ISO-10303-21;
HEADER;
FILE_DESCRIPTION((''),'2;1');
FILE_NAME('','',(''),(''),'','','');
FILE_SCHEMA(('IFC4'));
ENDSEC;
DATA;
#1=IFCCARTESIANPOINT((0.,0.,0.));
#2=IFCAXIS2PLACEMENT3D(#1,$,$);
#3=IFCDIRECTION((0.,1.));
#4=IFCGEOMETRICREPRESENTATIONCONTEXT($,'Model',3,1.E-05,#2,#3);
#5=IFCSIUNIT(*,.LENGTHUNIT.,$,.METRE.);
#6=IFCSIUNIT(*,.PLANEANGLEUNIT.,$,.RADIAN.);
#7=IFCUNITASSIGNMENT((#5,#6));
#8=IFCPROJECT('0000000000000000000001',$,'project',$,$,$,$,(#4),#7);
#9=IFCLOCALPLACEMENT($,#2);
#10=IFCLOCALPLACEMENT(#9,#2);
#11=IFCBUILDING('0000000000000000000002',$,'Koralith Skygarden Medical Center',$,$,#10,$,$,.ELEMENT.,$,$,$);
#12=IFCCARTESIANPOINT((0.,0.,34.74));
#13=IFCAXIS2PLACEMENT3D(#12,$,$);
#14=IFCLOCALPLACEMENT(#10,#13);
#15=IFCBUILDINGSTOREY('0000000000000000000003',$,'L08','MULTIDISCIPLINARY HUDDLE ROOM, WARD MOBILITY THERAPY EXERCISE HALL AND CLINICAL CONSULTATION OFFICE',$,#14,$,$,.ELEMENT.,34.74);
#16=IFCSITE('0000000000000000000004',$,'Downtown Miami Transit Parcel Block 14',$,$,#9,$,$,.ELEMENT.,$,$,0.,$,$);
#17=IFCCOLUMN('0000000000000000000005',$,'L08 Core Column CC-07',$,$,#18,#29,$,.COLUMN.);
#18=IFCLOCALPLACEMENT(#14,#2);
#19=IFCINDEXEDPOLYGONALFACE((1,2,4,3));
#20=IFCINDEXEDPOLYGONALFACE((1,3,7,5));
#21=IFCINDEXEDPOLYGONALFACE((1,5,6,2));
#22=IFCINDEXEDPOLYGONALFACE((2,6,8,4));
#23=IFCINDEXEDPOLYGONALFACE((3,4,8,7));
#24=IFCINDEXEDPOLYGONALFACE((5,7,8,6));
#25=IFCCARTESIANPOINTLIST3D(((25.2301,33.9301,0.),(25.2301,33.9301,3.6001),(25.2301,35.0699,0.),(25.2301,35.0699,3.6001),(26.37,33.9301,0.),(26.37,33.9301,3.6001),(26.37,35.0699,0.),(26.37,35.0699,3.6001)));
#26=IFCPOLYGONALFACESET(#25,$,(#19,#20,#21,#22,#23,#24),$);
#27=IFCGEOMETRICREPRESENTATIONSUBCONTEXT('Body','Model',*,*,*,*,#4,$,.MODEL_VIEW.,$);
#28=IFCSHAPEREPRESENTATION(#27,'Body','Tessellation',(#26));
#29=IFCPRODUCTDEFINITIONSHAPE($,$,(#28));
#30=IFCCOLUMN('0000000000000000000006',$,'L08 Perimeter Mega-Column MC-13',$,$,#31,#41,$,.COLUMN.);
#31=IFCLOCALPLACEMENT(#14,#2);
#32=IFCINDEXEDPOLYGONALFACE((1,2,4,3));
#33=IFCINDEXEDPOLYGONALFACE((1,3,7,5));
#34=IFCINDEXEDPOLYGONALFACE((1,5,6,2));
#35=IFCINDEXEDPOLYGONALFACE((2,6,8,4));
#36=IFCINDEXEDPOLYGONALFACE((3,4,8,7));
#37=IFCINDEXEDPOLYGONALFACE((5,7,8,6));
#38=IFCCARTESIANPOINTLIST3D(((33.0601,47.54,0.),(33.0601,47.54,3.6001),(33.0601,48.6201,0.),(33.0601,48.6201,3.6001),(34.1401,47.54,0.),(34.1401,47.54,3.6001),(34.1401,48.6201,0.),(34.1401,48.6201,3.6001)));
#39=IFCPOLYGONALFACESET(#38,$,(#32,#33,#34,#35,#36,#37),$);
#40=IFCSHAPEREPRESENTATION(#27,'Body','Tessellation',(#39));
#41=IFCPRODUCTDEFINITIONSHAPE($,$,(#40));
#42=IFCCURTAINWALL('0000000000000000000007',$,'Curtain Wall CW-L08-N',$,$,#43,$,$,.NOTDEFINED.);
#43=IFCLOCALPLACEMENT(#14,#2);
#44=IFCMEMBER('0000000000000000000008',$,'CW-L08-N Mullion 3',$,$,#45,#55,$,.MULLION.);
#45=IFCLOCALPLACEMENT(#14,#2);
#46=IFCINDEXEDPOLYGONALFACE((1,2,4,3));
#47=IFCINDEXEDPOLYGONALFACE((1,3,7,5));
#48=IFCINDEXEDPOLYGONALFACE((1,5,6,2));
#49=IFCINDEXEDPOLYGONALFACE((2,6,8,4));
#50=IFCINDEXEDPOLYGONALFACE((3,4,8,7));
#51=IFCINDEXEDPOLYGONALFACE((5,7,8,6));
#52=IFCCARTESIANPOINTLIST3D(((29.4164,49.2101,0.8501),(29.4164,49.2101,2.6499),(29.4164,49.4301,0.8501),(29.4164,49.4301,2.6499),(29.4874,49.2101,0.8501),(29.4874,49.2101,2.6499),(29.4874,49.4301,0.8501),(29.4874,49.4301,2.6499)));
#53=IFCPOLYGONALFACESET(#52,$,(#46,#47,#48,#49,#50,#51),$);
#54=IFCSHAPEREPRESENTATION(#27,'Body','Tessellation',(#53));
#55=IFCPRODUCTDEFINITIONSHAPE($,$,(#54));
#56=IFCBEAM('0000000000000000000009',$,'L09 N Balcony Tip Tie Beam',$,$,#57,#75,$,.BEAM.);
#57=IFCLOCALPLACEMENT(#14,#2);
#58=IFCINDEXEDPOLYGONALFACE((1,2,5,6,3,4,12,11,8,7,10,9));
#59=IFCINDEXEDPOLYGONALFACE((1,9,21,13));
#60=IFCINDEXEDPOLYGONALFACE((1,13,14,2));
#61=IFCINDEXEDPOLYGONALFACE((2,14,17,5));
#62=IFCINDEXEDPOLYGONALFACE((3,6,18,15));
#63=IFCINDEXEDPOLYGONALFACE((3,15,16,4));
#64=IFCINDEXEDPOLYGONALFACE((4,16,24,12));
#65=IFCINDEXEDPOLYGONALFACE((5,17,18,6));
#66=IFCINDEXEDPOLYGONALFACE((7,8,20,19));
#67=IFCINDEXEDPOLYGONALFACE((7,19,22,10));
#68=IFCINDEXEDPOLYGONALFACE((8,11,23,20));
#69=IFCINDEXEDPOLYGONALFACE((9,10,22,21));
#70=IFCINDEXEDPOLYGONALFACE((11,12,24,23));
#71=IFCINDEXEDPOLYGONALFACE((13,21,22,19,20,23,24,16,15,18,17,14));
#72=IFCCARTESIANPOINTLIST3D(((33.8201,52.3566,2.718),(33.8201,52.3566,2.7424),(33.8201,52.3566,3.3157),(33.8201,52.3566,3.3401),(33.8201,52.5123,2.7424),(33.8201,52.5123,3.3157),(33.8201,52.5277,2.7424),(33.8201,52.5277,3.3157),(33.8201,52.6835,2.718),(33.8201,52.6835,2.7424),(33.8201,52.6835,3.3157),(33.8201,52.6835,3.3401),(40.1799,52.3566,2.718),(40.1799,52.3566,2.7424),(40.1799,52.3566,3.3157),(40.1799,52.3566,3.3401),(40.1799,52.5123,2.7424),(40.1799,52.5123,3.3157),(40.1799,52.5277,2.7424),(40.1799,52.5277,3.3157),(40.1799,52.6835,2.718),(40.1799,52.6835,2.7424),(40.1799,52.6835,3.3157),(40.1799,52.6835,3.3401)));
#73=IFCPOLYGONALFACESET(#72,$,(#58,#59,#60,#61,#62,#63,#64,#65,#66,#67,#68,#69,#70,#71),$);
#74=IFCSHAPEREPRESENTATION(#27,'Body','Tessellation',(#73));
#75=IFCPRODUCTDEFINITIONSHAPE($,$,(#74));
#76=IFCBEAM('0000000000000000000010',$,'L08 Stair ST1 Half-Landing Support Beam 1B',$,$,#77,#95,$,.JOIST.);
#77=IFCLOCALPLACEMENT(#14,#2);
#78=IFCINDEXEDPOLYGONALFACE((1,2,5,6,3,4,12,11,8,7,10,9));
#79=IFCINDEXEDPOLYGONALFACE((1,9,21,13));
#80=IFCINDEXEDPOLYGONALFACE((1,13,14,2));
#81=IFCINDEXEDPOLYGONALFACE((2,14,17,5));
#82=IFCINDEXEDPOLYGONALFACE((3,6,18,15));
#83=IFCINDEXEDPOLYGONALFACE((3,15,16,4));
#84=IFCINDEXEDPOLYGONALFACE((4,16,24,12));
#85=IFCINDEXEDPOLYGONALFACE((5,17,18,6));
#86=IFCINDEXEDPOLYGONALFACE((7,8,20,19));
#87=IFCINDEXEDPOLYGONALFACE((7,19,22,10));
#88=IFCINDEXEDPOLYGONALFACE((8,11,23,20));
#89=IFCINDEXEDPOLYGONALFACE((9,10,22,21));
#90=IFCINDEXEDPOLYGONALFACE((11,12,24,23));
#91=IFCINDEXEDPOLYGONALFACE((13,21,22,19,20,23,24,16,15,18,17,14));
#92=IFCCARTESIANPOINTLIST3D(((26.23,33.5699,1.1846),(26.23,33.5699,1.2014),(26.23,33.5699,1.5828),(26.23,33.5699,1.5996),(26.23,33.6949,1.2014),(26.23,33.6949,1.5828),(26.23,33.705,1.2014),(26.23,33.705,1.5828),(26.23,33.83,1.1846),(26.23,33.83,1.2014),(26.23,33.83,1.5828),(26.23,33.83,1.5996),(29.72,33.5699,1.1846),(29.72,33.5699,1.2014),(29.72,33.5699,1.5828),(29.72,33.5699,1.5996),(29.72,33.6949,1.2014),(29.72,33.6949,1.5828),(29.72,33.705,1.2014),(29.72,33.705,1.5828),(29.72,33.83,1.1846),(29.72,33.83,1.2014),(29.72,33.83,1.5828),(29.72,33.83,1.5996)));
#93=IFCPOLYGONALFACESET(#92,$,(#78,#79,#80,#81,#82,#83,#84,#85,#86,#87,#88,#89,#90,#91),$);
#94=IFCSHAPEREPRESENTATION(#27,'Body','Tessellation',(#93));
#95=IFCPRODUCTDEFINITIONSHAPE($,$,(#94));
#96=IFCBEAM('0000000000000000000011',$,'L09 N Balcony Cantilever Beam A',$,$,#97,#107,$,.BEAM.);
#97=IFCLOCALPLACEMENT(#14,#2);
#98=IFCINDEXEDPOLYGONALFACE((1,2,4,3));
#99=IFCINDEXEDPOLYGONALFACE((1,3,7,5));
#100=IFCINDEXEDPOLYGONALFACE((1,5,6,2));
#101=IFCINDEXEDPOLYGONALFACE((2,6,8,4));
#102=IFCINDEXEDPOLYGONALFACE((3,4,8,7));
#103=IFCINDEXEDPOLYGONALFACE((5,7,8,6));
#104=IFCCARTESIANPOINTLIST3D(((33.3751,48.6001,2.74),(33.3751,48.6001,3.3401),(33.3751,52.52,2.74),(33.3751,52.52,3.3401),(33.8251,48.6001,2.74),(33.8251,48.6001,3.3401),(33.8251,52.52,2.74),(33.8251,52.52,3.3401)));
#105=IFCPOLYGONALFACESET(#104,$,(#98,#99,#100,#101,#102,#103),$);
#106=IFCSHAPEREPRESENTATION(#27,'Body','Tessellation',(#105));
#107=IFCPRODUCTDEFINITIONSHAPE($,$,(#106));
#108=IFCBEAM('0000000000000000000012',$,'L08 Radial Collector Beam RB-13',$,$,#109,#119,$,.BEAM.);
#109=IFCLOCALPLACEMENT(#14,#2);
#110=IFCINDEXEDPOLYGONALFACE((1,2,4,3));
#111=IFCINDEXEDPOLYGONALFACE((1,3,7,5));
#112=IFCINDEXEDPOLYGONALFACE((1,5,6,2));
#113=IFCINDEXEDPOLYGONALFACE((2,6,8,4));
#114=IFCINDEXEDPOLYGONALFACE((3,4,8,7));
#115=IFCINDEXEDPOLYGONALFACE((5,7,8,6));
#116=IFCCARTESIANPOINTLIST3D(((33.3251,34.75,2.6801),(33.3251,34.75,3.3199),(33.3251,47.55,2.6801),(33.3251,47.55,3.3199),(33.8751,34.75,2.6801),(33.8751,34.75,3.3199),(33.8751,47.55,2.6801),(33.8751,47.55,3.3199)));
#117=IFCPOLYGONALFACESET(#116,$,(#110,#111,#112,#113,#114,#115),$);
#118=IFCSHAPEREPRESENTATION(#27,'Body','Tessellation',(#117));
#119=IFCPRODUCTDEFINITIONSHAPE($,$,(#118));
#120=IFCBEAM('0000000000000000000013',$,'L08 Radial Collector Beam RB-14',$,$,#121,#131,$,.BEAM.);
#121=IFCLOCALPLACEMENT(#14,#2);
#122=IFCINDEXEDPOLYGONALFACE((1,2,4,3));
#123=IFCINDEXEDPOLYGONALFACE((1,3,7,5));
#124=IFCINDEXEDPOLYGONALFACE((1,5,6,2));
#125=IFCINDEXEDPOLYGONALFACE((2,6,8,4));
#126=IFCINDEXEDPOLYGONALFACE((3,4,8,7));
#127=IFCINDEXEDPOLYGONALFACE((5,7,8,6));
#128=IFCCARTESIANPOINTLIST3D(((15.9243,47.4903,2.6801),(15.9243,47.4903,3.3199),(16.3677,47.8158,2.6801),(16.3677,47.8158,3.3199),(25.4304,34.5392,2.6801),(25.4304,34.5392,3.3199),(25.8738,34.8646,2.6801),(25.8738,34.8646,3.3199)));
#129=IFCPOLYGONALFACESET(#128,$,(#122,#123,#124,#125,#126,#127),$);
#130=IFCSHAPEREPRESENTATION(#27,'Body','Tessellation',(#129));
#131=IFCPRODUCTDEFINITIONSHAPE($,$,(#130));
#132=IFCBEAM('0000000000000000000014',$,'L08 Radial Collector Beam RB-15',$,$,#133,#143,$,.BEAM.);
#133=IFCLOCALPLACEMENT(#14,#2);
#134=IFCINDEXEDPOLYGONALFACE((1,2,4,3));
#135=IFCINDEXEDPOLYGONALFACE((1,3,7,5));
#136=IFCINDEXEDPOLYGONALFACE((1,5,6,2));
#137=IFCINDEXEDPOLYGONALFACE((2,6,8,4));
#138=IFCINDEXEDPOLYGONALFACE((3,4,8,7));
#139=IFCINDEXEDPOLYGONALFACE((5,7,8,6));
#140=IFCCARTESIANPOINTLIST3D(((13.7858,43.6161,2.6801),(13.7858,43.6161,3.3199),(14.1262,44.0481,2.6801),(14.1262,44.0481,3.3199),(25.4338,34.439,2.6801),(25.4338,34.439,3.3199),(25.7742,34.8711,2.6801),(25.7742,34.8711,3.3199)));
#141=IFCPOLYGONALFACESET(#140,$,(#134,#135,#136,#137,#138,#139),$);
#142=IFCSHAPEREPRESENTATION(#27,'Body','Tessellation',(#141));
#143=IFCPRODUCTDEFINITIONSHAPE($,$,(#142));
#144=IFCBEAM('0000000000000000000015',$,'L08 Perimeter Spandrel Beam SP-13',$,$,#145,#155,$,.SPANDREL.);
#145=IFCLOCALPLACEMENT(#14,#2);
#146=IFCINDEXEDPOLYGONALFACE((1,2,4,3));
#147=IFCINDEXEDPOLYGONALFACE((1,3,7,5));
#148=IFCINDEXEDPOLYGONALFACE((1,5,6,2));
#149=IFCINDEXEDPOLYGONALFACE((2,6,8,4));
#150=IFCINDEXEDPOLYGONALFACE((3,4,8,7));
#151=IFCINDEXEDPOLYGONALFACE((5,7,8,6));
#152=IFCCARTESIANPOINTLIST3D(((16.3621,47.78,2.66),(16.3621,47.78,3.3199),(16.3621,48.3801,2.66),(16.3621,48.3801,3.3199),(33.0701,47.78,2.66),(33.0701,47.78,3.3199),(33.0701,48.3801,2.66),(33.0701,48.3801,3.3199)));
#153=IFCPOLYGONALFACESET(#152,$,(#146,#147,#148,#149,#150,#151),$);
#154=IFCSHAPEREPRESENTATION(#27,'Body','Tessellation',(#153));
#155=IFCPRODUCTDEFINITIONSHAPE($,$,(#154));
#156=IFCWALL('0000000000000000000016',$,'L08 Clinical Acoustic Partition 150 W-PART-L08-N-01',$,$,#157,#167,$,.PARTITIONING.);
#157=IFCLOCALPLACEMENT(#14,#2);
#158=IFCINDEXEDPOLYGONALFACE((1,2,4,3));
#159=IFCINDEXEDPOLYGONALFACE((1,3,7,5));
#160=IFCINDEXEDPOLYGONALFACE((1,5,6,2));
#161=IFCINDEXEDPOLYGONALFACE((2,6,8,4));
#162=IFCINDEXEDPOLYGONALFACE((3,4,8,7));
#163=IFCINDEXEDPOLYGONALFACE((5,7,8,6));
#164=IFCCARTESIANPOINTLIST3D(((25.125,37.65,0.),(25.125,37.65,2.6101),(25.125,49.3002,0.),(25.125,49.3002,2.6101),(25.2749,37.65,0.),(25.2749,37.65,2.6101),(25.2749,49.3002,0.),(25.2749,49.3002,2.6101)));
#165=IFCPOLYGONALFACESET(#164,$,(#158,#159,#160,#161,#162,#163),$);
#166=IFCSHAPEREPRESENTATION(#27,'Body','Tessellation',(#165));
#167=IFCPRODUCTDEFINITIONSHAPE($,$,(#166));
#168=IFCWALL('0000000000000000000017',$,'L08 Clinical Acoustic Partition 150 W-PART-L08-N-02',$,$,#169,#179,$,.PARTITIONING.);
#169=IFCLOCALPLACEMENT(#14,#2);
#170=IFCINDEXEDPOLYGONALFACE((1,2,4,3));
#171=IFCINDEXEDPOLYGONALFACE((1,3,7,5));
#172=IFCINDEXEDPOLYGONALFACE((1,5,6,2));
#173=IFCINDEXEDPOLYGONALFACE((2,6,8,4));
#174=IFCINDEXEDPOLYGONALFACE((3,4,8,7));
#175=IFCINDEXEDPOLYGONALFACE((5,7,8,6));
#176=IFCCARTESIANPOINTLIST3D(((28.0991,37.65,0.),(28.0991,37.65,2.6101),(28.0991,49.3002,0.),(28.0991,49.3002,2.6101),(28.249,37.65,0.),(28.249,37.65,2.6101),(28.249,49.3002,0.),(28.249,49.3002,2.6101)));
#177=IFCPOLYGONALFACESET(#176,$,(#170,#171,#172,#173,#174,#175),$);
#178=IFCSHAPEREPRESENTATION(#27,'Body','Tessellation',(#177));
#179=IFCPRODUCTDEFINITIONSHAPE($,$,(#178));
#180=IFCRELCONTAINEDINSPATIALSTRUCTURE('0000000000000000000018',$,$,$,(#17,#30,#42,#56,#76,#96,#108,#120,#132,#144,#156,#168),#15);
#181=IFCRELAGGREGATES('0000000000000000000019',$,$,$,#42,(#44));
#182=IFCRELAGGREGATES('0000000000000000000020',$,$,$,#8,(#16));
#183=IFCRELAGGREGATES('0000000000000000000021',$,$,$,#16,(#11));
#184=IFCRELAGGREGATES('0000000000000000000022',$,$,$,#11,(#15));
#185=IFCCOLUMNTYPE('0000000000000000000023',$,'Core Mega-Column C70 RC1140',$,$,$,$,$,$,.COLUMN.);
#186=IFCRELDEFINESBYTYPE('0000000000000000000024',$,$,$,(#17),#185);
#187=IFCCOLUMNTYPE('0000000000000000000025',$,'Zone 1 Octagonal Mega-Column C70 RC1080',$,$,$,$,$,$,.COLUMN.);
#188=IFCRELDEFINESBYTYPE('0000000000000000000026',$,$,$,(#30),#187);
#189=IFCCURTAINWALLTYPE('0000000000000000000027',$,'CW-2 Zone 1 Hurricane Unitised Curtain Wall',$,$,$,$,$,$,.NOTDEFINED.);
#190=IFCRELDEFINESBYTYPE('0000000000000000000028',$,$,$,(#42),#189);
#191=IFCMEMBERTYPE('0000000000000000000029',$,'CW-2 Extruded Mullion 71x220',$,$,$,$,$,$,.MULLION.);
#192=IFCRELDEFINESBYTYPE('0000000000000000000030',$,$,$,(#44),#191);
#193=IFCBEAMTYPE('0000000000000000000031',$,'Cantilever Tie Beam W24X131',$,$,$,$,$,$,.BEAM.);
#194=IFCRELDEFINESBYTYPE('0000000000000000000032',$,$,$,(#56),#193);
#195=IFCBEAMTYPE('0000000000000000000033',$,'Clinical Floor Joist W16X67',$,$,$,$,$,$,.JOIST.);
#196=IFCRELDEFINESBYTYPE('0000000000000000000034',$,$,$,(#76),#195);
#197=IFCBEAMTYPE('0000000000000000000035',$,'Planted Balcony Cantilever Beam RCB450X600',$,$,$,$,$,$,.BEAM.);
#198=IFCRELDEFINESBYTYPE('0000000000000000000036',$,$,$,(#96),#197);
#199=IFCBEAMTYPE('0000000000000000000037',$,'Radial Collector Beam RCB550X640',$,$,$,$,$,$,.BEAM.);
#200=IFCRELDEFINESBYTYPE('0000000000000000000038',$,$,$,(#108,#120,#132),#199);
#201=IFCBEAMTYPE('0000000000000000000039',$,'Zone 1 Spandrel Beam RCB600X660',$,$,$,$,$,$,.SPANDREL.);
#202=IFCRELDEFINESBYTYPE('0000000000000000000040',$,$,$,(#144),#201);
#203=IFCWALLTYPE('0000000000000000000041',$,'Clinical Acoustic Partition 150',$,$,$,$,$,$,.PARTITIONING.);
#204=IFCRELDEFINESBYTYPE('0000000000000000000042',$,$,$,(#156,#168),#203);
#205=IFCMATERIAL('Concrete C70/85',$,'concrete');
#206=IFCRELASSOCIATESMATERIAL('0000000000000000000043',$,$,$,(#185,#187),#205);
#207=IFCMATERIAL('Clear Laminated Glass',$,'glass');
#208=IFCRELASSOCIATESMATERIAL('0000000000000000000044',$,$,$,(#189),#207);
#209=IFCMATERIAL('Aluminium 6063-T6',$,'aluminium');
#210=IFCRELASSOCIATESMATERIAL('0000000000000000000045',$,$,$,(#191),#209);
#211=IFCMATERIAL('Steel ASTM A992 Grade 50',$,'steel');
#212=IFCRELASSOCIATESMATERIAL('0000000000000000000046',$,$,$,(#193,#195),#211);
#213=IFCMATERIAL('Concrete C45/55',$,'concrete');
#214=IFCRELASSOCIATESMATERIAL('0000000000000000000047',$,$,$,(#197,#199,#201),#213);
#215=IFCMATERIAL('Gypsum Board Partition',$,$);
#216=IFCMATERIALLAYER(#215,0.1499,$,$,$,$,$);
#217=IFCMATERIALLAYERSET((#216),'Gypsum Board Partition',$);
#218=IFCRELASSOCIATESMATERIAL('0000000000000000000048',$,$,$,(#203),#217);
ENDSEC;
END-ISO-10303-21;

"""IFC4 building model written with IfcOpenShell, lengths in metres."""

from ifc_helpers import new_model, si_unit, direction, frame, frame_2d, origin, origin_2d, place, context, subcontext, project, spatial, rectangle, i_section, extrude, material, layer, layer_set, material_profile, profile_set, type_object, element, aggregate, save


model = new_model("IFC4")

# Units and contexts
model_context = context("Model", 3, precision=1e-05, world=origin(), true_north=direction((0.0, 1.0)))
body_context = subcontext(model_context, "Body", "Model", "MODEL_VIEW")
ifc_project = project(units=[si_unit("LENGTHUNIT", "METRE"), si_unit("PLANEANGLEUNIT", "RADIAN")], contexts=[model_context])

# Site, building, storey
site_placement = place(None, origin())
site = spatial("IfcSite", under=ifc_project, at=site_placement, Name="Downtown Miami Transit Parcel Block 14", CompositionType="ELEMENT", RefElevation=0.0)
building_placement = place(site_placement, origin())
building = spatial("IfcBuilding", under=site, at=building_placement, Name="Koralith Skygarden Medical Center", CompositionType="ELEMENT")
storey_placement = place(building_placement, frame((0.0, 0.0, 34.74)))
storey = spatial("IfcBuildingStorey", under=building, at=storey_placement, Name="L08", Description="MULTIDISCIPLINARY HUDDLE ROOM, WARD MOBILITY THERAPY EXERCISE HALL AND CLINICAL CONSULTATION OFFICE", CompositionType="ELEMENT", Elevation=34.74)

# Columns
ifc_material_1 = material(Name="Concrete C70/85", Category="concrete")
ifc_material_profile_1 = material_profile(ifc_material_1, rectangle(XDim=1.1399, YDim=1.1399, at=origin_2d()), Name="RC1140X1140")
ifc_profile_set_1 = profile_set([ifc_material_profile_1], Name="Concrete C70/85")
column_type_1 = type_object("IfcColumnType", Name="Core Mega-Column C70 RC1140", PredefinedType="COLUMN", material=ifc_profile_set_1)
column_1_placement = place(storey_placement, frame((25.8, 34.5, 0.0), z_axis=(0.0, 0.0, 1.0), x_axis=(1.0, 0.0, 0.0)))
element("IfcColumn", 1, at=column_1_placement, inside=storey, type_object=column_type_1, Name="L08 Core Column CC-07", PredefinedType="COLUMN", context=body_context, shape_type="SweptSolid", body=[
    extrude(rectangle(XDim=1.1399, YDim=1.1399, at=origin_2d()), origin(), (0.0, 0.0, 1.0), 3.6001),
])
ifc_material_profile_2 = material_profile(ifc_material_1, rectangle(XDim=1.0801, YDim=1.0801, at=origin_2d()), Name="RC1080X1080")
ifc_profile_set_2 = profile_set([ifc_material_profile_2], Name="Concrete C70/85")
column_type_2 = type_object("IfcColumnType", Name="Zone 1 Octagonal Mega-Column C70 RC1080", PredefinedType="COLUMN", material=ifc_profile_set_2)
column_2_placement = place(storey_placement, frame((33.6001, 48.0801, 0.0), z_axis=(0.0, 0.0, 1.0), x_axis=(1.0, 0.0, 0.0)))
element("IfcColumn", 2, at=column_2_placement, inside=storey, type_object=column_type_2, Name="L08 Perimeter Mega-Column MC-13", PredefinedType="COLUMN", context=body_context, shape_type="SweptSolid", body=[
    extrude(rectangle(XDim=1.0801, YDim=1.0801, at=origin_2d()), origin(), (0.0, 0.0, 1.0), 3.6001),
])

# Curtain wall, member
ifc_material_2 = material(Name="Clear Laminated Glass", Category="glass")
curtain_wall_type = type_object("IfcCurtainWallType", Name="CW-2 Zone 1 Hurricane Unitised Curtain Wall", PredefinedType="NOTDEFINED", material=ifc_material_2)
curtain_wall_placement = place(storey_placement, origin())
curtain_wall = element("IfcCurtainWall", 3, at=curtain_wall_placement, inside=storey, type_object=curtain_wall_type, Name="Curtain Wall CW-L08-N", PredefinedType="NOTDEFINED")
ifc_material_3 = material(Name="Aluminium 6063-T6", Category="aluminium")
ifc_material_profile_3 = material_profile(ifc_material_3, rectangle(XDim=0.071, YDim=0.22, at=origin_2d()), Name="MUL71X220")
ifc_profile_set_3 = profile_set([ifc_material_profile_3], Name="Aluminium 6063-T6")
member_type = type_object("IfcMemberType", Name="CW-2 Extruded Mullion 71x220", PredefinedType="MULLION", material=ifc_profile_set_3)
member_placement = place(storey_placement, frame((29.4519, 49.3201, 0.8501), z_axis=(0.0, 0.0, 1.0), x_axis=(1.0, 0.0, 0.0)))
member = element("IfcMember", 4, at=member_placement, type_object=member_type, Name="CW-L08-N Mullion 3", PredefinedType="MULLION", context=body_context, shape_type="SweptSolid", body=[
    extrude(rectangle(XDim=0.071, YDim=0.22, at=origin_2d()), origin(), (0.0, 0.0, 1.0), 1.7998),
])
aggregate(curtain_wall, [member])

# Beams
ifc_material_4 = material(Name="Steel ASTM A992 Grade 50", Category="steel")
ifc_material_profile_4 = material_profile(ifc_material_4, i_section(OverallWidth=0.3269, OverallDepth=0.6221, WebThickness=0.0154, FlangeThickness=0.0244, at=origin_2d()), Name="W24X131")
ifc_profile_set_4 = profile_set([ifc_material_profile_4], Name="Steel ASTM A992 Grade 50")
beam_type_1 = type_object("IfcBeamType", Name="Cantilever Tie Beam W24X131", PredefinedType="BEAM", material=ifc_profile_set_4)
beam_1_placement = place(storey_placement, frame((33.8201, 52.52, 3.0291), z_axis=(1.0, 0.0, 0.0), x_axis=(0.0, 1.0, 0.0)))
element("IfcBeam", 5, at=beam_1_placement, inside=storey, type_object=beam_type_1, Name="L09 N Balcony Tip Tie Beam", PredefinedType="BEAM", context=body_context, shape_type="SweptSolid", body=[
    extrude(i_section(OverallWidth=0.3269, OverallDepth=0.6221, WebThickness=0.0154, FlangeThickness=0.0244, at=origin_2d()), origin(), (0.0, 0.0, 1.0), 6.3599),
])
ifc_material_profile_5 = material_profile(ifc_material_4, i_section(OverallWidth=0.26, OverallDepth=0.415, WebThickness=0.01, FlangeThickness=0.0168, at=origin_2d()), Name="W16X67")
ifc_profile_set_5 = profile_set([ifc_material_profile_5], Name="Steel ASTM A992 Grade 50")
beam_type_2 = type_object("IfcBeamType", Name="Clinical Floor Joist W16X67", PredefinedType="JOIST", material=ifc_profile_set_5)
beam_2_placement = place(storey_placement, frame((26.23, 33.7, 1.3921), z_axis=(1.0, 0.0, 0.0), x_axis=(0.0, 1.0, 0.0)))
element("IfcBeam", 6, at=beam_2_placement, inside=storey, type_object=beam_type_2, Name="L08 Stair ST1 Half-Landing Support Beam 1B", PredefinedType="JOIST", context=body_context, shape_type="SweptSolid", body=[
    extrude(i_section(OverallWidth=0.26, OverallDepth=0.415, WebThickness=0.01, FlangeThickness=0.0168, at=origin_2d()), origin(), (0.0, 0.0, 1.0), 3.49),
])
ifc_material_5 = material(Name="Concrete C45/55", Category="concrete")
ifc_material_profile_6 = material_profile(ifc_material_5, rectangle(XDim=0.45, YDim=0.6001, at=origin_2d()), Name="RCB450X600")
ifc_profile_set_6 = profile_set([ifc_material_profile_6], Name="Concrete C45/55")
beam_type_3 = type_object("IfcBeamType", Name="Planted Balcony Cantilever Beam RCB450X600", PredefinedType="BEAM", material=ifc_profile_set_6)
beam_3_placement = place(storey_placement, frame((33.6001, 48.6001, 3.04), z_axis=(0.0, 1.0, 0.0), x_axis=(-1.0, 0.0, 0.0)))
element("IfcBeam", 7, at=beam_3_placement, inside=storey, type_object=beam_type_3, Name="L09 N Balcony Cantilever Beam A", PredefinedType="BEAM", context=body_context, shape_type="SweptSolid", body=[
    extrude(rectangle(XDim=0.45, YDim=0.6001, at=origin_2d()), origin(), (0.0, 0.0, 1.0), 3.9199),
])
ifc_material_profile_7 = material_profile(ifc_material_5, rectangle(XDim=0.55, YDim=0.6399, at=origin_2d()), Name="RCB550X640")
ifc_profile_set_7 = profile_set([ifc_material_profile_7], Name="Concrete C45/55")
beam_type_4 = type_object("IfcBeamType", Name="Radial Collector Beam RCB550X640", PredefinedType="BEAM", material=ifc_profile_set_7)
beam_4_placement = place(storey_placement, frame((33.6001, 34.75, 3.0), z_axis=(0.0, 1.0, 0.0), x_axis=(-1.0, 0.0, 0.0)))
element("IfcBeam", 8, at=beam_4_placement, inside=storey, type_object=beam_type_4, Name="L08 Radial Collector Beam RB-13", PredefinedType="BEAM", context=body_context, shape_type="SweptSolid", body=[
    extrude(rectangle(XDim=0.55, YDim=0.6399, at=origin_2d()), origin(), (0.0, 0.0, 1.0), 12.8),
])
beam_5_placement = place(storey_placement, frame((25.6521, 34.7019, 3.0), z_axis=(-0.591711, 0.80615, 0.0), x_axis=(-0.80615, -0.591711, 0.0)))
element("IfcBeam", 9, at=beam_5_placement, inside=storey, type_object=beam_type_4, Name="L08 Radial Collector Beam RB-14", PredefinedType="BEAM", context=body_context, shape_type="SweptSolid", body=[
    extrude(rectangle(XDim=0.55, YDim=0.6399, at=origin_2d()), origin(), (0.0, 0.0, 1.0), 16.0654),
])
beam_6_placement = place(storey_placement, frame((25.604, 34.655, 3.0), z_axis=(-0.785497, 0.618865, 0.0), x_axis=(-0.618865, -0.785497, 0.0)))
element("IfcBeam", 10, at=beam_6_placement, inside=storey, type_object=beam_type_4, Name="L08 Radial Collector Beam RB-15", PredefinedType="BEAM", context=body_context, shape_type="SweptSolid", body=[
    extrude(rectangle(XDim=0.55, YDim=0.6399, at=origin_2d()), origin(), (0.0, 0.0, 1.0), 14.8289),
])
ifc_material_profile_8 = material_profile(ifc_material_5, rectangle(XDim=0.6001, YDim=0.6599, at=origin_2d()), Name="RCB600X660")
ifc_profile_set_8 = profile_set([ifc_material_profile_8], Name="Concrete C45/55")
beam_type_5 = type_object("IfcBeamType", Name="Zone 1 Spandrel Beam RCB600X660", PredefinedType="SPANDREL", material=ifc_profile_set_8)
beam_7_placement = place(storey_placement, frame((33.0701, 48.0801, 2.99), z_axis=(-1.0, 0.0, 0.0), x_axis=(0.0, -1.0, 0.0)))
element("IfcBeam", 11, at=beam_7_placement, inside=storey, type_object=beam_type_5, Name="L08 Perimeter Spandrel Beam SP-13", PredefinedType="SPANDREL", context=body_context, shape_type="SweptSolid", body=[
    extrude(rectangle(XDim=0.6001, YDim=0.6599, at=origin_2d()), origin(), (0.0, 0.0, 1.0), 16.708),
])

# Walls
ifc_material_6 = material(Name="Gypsum Board Partition")
ifc_layer_1 = layer(ifc_material_6, 0.1499)
ifc_layer_set_1 = layer_set([ifc_layer_1], Name="Gypsum Board Partition")
wall_type_1 = type_object("IfcWallType", Name="Clinical Acoustic Partition 150", PredefinedType="PARTITIONING", material=ifc_layer_set_1)
for number, where, z_axis, x_axis, name in (
    (12, (25.2, 37.6499, 0.0), (0.0, 0.0, 1.0), (0.0, 1.0, 0.0), "L08 Clinical Acoustic Partition 150 W-PART-L08-N-01"),
    (13, (28.1741, 37.6499, 0.0), (0.0, 0.0, 1.0), (0.0, 1.0, 0.0), "L08 Clinical Acoustic Partition 150 W-PART-L08-N-02"),
):
    element("IfcWall", number, at=place(storey_placement, frame(where, z_axis=z_axis, x_axis=x_axis)), inside=storey, type_object=wall_type_1, Name=name, PredefinedType="PARTITIONING", context=body_context, shape_type="SweptSolid", body=[
        extrude(rectangle(XDim=11.6501, YDim=0.1499, at=frame_2d((5.8252, 0.0))), origin(), (0.0, 0.0, 1.0), 2.6101),
    ])

save(model, "model.ifc")
